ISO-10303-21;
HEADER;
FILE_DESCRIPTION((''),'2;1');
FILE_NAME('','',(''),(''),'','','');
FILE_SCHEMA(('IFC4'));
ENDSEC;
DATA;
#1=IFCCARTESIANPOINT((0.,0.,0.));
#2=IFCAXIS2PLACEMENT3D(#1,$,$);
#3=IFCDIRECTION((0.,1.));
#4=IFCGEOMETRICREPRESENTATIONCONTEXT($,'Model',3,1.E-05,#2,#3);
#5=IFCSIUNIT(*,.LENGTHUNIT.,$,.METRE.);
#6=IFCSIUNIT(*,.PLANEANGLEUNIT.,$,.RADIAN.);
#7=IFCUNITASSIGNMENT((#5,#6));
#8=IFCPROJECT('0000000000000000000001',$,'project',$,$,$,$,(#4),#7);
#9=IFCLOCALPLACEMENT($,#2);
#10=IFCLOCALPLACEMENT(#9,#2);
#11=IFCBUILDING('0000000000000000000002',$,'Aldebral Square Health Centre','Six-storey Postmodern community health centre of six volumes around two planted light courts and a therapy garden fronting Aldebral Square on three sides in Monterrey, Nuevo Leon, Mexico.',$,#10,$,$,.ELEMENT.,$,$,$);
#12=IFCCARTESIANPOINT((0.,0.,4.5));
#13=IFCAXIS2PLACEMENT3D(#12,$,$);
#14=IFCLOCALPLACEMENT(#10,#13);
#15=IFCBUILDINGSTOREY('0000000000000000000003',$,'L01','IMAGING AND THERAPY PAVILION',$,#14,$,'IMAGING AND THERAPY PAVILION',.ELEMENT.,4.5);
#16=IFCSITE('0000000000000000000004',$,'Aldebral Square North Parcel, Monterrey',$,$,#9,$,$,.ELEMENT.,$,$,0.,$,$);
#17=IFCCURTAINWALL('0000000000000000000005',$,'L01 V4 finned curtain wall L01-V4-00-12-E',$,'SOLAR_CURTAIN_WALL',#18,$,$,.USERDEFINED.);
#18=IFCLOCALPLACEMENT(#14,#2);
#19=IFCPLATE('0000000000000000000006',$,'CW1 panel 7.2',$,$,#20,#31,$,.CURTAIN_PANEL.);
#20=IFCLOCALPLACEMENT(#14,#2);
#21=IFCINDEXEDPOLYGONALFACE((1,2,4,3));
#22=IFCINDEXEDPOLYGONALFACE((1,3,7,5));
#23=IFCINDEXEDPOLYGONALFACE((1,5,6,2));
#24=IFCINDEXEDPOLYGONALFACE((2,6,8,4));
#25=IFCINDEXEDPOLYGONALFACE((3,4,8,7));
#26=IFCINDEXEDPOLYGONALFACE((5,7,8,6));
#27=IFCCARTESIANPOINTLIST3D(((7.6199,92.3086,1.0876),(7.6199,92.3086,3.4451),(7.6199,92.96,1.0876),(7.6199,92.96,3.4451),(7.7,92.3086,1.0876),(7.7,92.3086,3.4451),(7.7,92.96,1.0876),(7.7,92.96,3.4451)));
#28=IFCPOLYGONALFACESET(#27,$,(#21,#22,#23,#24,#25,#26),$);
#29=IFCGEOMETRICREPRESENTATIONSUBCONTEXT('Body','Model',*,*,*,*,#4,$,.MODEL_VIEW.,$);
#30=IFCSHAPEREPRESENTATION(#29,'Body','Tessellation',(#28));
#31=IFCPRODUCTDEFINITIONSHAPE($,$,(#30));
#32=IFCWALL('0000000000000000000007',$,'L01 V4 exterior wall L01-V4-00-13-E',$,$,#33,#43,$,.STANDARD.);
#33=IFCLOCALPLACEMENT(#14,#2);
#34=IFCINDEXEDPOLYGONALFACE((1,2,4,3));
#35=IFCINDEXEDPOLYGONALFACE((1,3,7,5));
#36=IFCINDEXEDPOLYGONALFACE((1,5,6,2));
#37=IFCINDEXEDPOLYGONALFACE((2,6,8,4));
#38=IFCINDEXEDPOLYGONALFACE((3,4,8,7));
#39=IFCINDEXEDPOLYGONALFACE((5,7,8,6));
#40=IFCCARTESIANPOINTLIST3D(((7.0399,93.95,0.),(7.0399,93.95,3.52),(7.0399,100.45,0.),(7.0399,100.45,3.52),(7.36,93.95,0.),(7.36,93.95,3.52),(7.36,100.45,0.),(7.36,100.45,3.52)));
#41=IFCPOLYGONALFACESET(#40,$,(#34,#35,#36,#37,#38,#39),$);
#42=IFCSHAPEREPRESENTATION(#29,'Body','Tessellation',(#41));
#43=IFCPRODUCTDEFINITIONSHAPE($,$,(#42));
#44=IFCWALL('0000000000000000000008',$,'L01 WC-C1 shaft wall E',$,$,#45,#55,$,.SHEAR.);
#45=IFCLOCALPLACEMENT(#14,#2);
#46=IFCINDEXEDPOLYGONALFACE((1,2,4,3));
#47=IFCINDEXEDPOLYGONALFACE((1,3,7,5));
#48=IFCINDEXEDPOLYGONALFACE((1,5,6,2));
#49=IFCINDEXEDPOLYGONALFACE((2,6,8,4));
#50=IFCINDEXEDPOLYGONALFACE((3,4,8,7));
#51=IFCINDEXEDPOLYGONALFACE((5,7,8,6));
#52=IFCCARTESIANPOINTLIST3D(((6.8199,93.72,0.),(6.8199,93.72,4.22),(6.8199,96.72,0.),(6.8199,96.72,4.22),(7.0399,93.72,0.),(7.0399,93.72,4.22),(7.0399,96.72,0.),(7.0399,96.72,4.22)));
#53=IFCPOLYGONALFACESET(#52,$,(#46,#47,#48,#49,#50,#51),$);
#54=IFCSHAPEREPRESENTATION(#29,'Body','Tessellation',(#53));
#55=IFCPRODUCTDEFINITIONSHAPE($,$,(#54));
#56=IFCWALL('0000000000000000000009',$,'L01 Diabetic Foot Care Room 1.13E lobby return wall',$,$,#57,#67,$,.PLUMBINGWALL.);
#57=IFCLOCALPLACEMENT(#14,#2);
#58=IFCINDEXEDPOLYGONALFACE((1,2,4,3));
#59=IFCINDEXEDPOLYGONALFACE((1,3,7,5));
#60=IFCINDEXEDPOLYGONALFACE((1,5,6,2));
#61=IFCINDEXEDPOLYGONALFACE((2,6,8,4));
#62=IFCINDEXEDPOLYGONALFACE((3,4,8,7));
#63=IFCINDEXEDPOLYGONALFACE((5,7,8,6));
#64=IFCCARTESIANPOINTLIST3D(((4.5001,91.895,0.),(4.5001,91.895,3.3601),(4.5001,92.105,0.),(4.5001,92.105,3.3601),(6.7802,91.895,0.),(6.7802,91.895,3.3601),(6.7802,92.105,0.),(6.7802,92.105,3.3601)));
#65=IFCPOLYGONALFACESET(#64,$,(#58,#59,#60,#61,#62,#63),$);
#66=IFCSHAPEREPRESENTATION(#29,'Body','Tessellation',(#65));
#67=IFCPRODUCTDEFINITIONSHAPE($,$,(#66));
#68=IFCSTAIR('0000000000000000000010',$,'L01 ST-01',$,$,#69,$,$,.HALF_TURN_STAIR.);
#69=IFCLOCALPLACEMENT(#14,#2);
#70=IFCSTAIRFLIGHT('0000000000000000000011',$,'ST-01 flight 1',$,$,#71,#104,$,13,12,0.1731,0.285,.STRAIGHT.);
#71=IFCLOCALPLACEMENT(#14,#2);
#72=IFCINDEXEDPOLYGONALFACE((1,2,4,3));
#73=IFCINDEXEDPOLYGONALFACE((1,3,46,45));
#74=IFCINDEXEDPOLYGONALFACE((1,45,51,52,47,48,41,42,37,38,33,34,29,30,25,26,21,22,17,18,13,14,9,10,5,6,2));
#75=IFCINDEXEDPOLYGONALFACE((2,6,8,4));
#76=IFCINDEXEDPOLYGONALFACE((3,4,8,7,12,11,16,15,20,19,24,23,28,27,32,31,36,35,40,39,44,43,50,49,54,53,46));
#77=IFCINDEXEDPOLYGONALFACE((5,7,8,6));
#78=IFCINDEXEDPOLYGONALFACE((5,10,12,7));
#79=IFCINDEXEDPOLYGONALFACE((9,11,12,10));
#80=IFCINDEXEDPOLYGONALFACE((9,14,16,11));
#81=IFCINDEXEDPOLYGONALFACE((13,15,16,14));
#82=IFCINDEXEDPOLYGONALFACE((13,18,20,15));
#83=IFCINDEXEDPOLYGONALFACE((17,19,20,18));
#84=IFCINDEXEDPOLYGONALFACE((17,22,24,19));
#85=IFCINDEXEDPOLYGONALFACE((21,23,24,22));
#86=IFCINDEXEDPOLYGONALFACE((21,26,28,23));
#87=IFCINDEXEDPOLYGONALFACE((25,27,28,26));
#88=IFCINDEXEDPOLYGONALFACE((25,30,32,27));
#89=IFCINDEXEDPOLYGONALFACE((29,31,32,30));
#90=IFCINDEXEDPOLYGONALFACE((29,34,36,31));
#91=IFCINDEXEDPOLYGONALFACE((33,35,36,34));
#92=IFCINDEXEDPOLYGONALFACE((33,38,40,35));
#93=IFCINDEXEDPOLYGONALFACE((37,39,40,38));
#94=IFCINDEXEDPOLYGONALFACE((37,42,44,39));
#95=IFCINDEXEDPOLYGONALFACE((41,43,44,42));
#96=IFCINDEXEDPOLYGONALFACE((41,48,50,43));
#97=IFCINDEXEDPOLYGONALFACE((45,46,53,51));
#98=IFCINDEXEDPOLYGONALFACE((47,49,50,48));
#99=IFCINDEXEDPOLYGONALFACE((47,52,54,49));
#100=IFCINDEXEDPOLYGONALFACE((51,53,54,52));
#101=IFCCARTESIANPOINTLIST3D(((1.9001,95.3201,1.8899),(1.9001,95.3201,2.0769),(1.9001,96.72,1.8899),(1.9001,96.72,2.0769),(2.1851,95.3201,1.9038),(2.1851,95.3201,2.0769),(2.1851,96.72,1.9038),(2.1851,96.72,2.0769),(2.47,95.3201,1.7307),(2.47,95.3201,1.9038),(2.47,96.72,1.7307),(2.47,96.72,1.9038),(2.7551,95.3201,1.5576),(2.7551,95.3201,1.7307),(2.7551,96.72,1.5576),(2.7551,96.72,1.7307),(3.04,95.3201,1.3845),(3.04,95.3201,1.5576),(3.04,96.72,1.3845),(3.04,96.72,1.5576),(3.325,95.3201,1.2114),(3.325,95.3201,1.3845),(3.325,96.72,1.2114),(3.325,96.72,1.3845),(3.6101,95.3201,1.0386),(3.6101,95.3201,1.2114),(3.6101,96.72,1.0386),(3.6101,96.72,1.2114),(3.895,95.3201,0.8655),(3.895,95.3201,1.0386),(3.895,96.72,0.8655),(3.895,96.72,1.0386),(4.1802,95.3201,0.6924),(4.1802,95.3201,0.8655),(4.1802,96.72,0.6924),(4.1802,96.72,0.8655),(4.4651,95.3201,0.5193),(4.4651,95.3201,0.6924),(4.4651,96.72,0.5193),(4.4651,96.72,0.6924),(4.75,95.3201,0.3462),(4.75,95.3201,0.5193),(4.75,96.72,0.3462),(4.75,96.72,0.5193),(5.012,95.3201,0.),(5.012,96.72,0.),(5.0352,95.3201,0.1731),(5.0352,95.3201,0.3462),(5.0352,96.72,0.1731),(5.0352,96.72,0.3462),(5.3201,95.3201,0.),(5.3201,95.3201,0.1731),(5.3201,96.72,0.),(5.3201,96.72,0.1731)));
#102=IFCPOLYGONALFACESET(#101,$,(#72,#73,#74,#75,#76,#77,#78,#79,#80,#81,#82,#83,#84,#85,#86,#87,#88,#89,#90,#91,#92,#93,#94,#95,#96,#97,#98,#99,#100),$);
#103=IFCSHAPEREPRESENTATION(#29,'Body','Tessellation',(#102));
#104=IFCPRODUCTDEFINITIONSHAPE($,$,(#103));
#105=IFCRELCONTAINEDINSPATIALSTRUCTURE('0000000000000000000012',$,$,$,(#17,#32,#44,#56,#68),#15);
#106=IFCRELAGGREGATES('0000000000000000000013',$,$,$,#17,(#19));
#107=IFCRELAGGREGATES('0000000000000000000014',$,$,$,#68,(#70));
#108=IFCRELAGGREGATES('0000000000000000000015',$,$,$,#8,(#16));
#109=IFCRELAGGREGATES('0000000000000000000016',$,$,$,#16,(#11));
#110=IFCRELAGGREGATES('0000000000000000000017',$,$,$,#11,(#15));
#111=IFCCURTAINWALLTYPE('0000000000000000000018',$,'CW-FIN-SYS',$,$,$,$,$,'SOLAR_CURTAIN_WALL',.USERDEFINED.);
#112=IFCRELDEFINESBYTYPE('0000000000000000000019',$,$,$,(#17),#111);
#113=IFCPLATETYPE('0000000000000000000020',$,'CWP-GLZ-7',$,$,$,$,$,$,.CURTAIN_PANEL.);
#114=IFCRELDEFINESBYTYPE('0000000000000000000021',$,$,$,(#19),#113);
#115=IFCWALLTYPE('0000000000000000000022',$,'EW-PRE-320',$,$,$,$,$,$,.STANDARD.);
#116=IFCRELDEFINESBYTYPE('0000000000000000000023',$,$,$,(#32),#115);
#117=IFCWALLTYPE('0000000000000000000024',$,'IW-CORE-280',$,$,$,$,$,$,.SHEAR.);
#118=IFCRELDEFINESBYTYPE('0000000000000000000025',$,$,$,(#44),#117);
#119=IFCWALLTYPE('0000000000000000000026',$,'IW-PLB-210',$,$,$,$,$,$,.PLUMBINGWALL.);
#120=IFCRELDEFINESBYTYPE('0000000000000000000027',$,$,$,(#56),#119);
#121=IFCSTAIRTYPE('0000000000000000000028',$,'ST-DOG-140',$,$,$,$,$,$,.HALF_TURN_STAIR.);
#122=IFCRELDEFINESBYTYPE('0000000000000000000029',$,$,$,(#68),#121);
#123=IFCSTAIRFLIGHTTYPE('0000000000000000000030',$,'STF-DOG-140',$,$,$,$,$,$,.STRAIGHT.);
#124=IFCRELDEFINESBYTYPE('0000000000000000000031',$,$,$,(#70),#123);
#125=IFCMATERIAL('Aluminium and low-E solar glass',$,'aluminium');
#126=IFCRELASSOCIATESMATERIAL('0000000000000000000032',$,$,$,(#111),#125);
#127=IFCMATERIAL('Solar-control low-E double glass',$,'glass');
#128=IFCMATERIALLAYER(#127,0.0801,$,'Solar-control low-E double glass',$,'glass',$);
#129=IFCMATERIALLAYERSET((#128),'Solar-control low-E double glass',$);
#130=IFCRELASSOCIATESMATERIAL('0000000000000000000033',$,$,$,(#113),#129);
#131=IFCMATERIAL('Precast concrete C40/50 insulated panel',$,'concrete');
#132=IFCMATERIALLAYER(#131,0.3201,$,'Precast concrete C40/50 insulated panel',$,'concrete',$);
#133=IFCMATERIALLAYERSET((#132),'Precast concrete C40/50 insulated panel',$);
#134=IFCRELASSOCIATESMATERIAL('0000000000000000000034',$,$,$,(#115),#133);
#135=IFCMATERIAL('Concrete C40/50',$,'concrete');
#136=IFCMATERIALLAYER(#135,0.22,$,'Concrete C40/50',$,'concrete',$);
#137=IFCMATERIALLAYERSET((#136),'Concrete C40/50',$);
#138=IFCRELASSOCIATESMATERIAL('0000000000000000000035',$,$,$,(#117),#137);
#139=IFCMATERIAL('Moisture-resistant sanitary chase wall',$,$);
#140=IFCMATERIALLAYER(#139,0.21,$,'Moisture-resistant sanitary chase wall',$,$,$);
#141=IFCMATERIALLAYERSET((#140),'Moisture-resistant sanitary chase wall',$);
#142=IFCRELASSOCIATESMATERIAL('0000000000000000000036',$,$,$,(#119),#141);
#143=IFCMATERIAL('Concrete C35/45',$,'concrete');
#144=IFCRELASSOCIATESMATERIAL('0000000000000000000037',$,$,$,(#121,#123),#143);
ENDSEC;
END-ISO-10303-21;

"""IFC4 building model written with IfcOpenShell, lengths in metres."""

from ifc_helpers import new_model, si_unit, direction, frame, frame_2d, origin, origin_2d, place, context, subcontext, project, spatial, polyline, rectangle, outline, extrude, material, layer, layer_set, type_object, element, aggregate, save


model = new_model("IFC4")

# Units and contexts
model_context = context("Model", 3, precision=1e-05, world=origin(), true_north=direction((0.0, 1.0)))
body_context = subcontext(model_context, "Body", "Model", "MODEL_VIEW")
ifc_project = project(units=[si_unit("LENGTHUNIT", "METRE"), si_unit("PLANEANGLEUNIT", "RADIAN")], contexts=[model_context])

# Site, building, storey
site_placement = place(None, origin())
site = spatial("IfcSite", under=ifc_project, at=site_placement, Name="Aldebral Square North Parcel, Monterrey", CompositionType="ELEMENT", RefElevation=0.0)
building_placement = place(site_placement, origin())
building = spatial("IfcBuilding", under=site, at=building_placement, Name="Aldebral Square Health Centre", Description="Six-storey Postmodern community health centre of six volumes around two planted light courts and a therapy garden fronting Aldebral Square on three sides in Monterrey, Nuevo Leon, Mexico.", CompositionType="ELEMENT")
storey_placement = place(building_placement, frame((0.0, 0.0, 4.5)))
storey = spatial("IfcBuildingStorey", under=building, at=storey_placement, Name="L01", Description="IMAGING AND THERAPY PAVILION", LongName="IMAGING AND THERAPY PAVILION", CompositionType="ELEMENT", Elevation=4.5)

# Shared definitions
ifc_material_1 = material(Name="Concrete C40/50", Category="concrete")

# Curtain wall, plate
ifc_material_2 = material(Name="Aluminium and low-E solar glass", Category="aluminium")
curtain_wall_type = type_object("IfcCurtainWallType", Name="CW-FIN-SYS", ElementType="SOLAR_CURTAIN_WALL", PredefinedType="USERDEFINED", material=ifc_material_2)
curtain_wall_placement = place(storey_placement, origin())
curtain_wall = element("IfcCurtainWall", 1, at=curtain_wall_placement, inside=storey, type_object=curtain_wall_type, Name="L01 V4 finned curtain wall L01-V4-00-12-E", ObjectType="SOLAR_CURTAIN_WALL", PredefinedType="USERDEFINED")
ifc_material_3 = material(Name="Solar-control low-E double glass", Category="glass")
ifc_layer_1 = layer(ifc_material_3, 0.0801, Name="Solar-control low-E double glass", Category="glass")
ifc_layer_set_1 = layer_set([ifc_layer_1], Name="Solar-control low-E double glass")
plate_type = type_object("IfcPlateType", Name="CWP-GLZ-7", PredefinedType="CURTAIN_PANEL", material=ifc_layer_set_1)
plate_1_placement = place(storey_placement, frame((7.6599, 92.6343, 1.0876), z_axis=(0.0, 0.0, 1.0), x_axis=(0.0, 1.0, 0.0)))
plate_1 = element("IfcPlate", 2, at=plate_1_placement, type_object=plate_type, Name="CW1 panel 7.2", PredefinedType="CURTAIN_PANEL", context=body_context, shape_type="SweptSolid", body=[
    extrude(rectangle(XDim=0.6514, YDim=0.0801, at=origin_2d()), origin(), (0.0, 0.0, 1.0), 2.3574),
])
aggregate(curtain_wall, [plate_1])

# Walls
ifc_material_4 = material(Name="Precast concrete C40/50 insulated panel", Category="concrete")
ifc_layer_2 = layer(ifc_material_4, 0.3201, Name="Precast concrete C40/50 insulated panel", Category="concrete")
ifc_layer_set_2 = layer_set([ifc_layer_2], Name="Precast concrete C40/50 insulated panel")
wall_type_1 = type_object("IfcWallType", Name="EW-PRE-320", PredefinedType="STANDARD", material=ifc_layer_set_2)
wall_1_placement = place(storey_placement, frame((7.2, 93.95, 0.0), z_axis=(0.0, 0.0, 1.0), x_axis=(0.0, 1.0, 0.0)))
element("IfcWall", 3, at=wall_1_placement, inside=storey, type_object=wall_type_1, Name="L01 V4 exterior wall L01-V4-00-13-E", PredefinedType="STANDARD", context=body_context, shape_type="SweptSolid", body=[
    extrude(rectangle(XDim=6.5, YDim=0.3201, at=frame_2d((3.25, 0.0))), origin(), (0.0, 0.0, 1.0), 3.52),
])
ifc_layer_3 = layer(ifc_material_1, 0.22, Name="Concrete C40/50", Category="concrete")
ifc_layer_set_3 = layer_set([ifc_layer_3], Name="Concrete C40/50")
wall_type_2 = type_object("IfcWallType", Name="IW-CORE-280", PredefinedType="SHEAR", material=ifc_layer_set_3)
wall_2_placement = place(storey_placement, frame((6.9299, 93.72, 0.0), z_axis=(0.0, 0.0, 1.0), x_axis=(0.0, 1.0, 0.0)))
element("IfcWall", 4, at=wall_2_placement, inside=storey, type_object=wall_type_2, Name="L01 WC-C1 shaft wall E", PredefinedType="SHEAR", context=body_context, shape_type="SweptSolid", body=[
    extrude(rectangle(XDim=3.0, YDim=0.22, at=frame_2d((1.5, 0.0))), origin(), (0.0, 0.0, 1.0), 4.22),
])
ifc_material_5 = material(Name="Moisture-resistant sanitary chase wall")
ifc_layer_4 = layer(ifc_material_5, 0.21, Name="Moisture-resistant sanitary chase wall")
ifc_layer_set_4 = layer_set([ifc_layer_4], Name="Moisture-resistant sanitary chase wall")
wall_type_3 = type_object("IfcWallType", Name="IW-PLB-210", PredefinedType="PLUMBINGWALL", material=ifc_layer_set_4)
wall_3_placement = place(storey_placement, frame((4.5, 92.0, 0.0), z_axis=(0.0, 0.0, 1.0), x_axis=(1.0, 0.0, 0.0)))
element("IfcWall", 5, at=wall_3_placement, inside=storey, type_object=wall_type_3, Name="L01 Diabetic Foot Care Room 1.13E lobby return wall", PredefinedType="PLUMBINGWALL", context=body_context, shape_type="SweptSolid", body=[
    extrude(rectangle(XDim=2.28, YDim=0.21, at=frame_2d((1.1401, 0.0))), origin(), (0.0, 0.0, 1.0), 3.3601),
])

# Stair, stair flight
ifc_material_6 = material(Name="Concrete C35/45", Category="concrete")
stair_type = type_object("IfcStairType", Name="ST-DOG-140", PredefinedType="HALF_TURN_STAIR", material=ifc_material_6)
stair_placement = place(storey_placement, origin())
stair = element("IfcStair", 6, at=stair_placement, inside=storey, type_object=stair_type, Name="L01 ST-01", PredefinedType="HALF_TURN_STAIR")
stair_flight_type = type_object("IfcStairFlightType", Name="STF-DOG-140", PredefinedType="STRAIGHT", material=ifc_material_6)
stair_flight_placement = place(storey_placement, frame((5.3201, 96.02, 0.0), z_axis=(0.0, 0.0, 1.0), x_axis=(-1.0, 0.0, 0.0)))
stair_flight = element("IfcStairFlight", 7, at=stair_flight_placement, type_object=stair_flight_type, Name="ST-01 flight 1", NumberOfRisers=13, NumberOfTreads=12, PredefinedType="STRAIGHT", RiserHeight=0.1731, TreadLength=0.285, context=body_context, shape_type="SweptSolid", body=[
    extrude(outline(polyline([(0.0, 0.0), (0.0, 0.1731), (0.2849, 0.1731), (0.2849, 0.3462), (0.5701, 0.3462), (0.5701, 0.5193), (0.855, 0.5193), (0.855, 0.6924), (1.1399, 0.6924), (1.1399, 0.8655), (1.425, 0.8655), (1.425, 1.0386), (1.71, 1.0386), (1.71, 1.2114), (1.9951, 1.2114), (1.9951, 1.3845), (2.28, 1.3845), (2.28, 1.5576), (2.5649, 1.5576), (2.5649, 1.7307), (2.8501, 1.7307), (2.8501, 1.9038), (3.135, 1.9038), (3.135, 2.0769), (3.4199, 2.0769), (3.4199, 2.25), (3.4199, 1.8899), (0.3081, 0.0), (0.0, 0.0)])), frame((0.0, 0.7, 0.0), z_axis=(0.0, -1.0, 0.0), x_axis=(1.0, 0.0, 0.0)), (0.0, 0.0, 1.0), 1.3999),
])
aggregate(stair, [stair_flight])

save(model, "model.ifc")
